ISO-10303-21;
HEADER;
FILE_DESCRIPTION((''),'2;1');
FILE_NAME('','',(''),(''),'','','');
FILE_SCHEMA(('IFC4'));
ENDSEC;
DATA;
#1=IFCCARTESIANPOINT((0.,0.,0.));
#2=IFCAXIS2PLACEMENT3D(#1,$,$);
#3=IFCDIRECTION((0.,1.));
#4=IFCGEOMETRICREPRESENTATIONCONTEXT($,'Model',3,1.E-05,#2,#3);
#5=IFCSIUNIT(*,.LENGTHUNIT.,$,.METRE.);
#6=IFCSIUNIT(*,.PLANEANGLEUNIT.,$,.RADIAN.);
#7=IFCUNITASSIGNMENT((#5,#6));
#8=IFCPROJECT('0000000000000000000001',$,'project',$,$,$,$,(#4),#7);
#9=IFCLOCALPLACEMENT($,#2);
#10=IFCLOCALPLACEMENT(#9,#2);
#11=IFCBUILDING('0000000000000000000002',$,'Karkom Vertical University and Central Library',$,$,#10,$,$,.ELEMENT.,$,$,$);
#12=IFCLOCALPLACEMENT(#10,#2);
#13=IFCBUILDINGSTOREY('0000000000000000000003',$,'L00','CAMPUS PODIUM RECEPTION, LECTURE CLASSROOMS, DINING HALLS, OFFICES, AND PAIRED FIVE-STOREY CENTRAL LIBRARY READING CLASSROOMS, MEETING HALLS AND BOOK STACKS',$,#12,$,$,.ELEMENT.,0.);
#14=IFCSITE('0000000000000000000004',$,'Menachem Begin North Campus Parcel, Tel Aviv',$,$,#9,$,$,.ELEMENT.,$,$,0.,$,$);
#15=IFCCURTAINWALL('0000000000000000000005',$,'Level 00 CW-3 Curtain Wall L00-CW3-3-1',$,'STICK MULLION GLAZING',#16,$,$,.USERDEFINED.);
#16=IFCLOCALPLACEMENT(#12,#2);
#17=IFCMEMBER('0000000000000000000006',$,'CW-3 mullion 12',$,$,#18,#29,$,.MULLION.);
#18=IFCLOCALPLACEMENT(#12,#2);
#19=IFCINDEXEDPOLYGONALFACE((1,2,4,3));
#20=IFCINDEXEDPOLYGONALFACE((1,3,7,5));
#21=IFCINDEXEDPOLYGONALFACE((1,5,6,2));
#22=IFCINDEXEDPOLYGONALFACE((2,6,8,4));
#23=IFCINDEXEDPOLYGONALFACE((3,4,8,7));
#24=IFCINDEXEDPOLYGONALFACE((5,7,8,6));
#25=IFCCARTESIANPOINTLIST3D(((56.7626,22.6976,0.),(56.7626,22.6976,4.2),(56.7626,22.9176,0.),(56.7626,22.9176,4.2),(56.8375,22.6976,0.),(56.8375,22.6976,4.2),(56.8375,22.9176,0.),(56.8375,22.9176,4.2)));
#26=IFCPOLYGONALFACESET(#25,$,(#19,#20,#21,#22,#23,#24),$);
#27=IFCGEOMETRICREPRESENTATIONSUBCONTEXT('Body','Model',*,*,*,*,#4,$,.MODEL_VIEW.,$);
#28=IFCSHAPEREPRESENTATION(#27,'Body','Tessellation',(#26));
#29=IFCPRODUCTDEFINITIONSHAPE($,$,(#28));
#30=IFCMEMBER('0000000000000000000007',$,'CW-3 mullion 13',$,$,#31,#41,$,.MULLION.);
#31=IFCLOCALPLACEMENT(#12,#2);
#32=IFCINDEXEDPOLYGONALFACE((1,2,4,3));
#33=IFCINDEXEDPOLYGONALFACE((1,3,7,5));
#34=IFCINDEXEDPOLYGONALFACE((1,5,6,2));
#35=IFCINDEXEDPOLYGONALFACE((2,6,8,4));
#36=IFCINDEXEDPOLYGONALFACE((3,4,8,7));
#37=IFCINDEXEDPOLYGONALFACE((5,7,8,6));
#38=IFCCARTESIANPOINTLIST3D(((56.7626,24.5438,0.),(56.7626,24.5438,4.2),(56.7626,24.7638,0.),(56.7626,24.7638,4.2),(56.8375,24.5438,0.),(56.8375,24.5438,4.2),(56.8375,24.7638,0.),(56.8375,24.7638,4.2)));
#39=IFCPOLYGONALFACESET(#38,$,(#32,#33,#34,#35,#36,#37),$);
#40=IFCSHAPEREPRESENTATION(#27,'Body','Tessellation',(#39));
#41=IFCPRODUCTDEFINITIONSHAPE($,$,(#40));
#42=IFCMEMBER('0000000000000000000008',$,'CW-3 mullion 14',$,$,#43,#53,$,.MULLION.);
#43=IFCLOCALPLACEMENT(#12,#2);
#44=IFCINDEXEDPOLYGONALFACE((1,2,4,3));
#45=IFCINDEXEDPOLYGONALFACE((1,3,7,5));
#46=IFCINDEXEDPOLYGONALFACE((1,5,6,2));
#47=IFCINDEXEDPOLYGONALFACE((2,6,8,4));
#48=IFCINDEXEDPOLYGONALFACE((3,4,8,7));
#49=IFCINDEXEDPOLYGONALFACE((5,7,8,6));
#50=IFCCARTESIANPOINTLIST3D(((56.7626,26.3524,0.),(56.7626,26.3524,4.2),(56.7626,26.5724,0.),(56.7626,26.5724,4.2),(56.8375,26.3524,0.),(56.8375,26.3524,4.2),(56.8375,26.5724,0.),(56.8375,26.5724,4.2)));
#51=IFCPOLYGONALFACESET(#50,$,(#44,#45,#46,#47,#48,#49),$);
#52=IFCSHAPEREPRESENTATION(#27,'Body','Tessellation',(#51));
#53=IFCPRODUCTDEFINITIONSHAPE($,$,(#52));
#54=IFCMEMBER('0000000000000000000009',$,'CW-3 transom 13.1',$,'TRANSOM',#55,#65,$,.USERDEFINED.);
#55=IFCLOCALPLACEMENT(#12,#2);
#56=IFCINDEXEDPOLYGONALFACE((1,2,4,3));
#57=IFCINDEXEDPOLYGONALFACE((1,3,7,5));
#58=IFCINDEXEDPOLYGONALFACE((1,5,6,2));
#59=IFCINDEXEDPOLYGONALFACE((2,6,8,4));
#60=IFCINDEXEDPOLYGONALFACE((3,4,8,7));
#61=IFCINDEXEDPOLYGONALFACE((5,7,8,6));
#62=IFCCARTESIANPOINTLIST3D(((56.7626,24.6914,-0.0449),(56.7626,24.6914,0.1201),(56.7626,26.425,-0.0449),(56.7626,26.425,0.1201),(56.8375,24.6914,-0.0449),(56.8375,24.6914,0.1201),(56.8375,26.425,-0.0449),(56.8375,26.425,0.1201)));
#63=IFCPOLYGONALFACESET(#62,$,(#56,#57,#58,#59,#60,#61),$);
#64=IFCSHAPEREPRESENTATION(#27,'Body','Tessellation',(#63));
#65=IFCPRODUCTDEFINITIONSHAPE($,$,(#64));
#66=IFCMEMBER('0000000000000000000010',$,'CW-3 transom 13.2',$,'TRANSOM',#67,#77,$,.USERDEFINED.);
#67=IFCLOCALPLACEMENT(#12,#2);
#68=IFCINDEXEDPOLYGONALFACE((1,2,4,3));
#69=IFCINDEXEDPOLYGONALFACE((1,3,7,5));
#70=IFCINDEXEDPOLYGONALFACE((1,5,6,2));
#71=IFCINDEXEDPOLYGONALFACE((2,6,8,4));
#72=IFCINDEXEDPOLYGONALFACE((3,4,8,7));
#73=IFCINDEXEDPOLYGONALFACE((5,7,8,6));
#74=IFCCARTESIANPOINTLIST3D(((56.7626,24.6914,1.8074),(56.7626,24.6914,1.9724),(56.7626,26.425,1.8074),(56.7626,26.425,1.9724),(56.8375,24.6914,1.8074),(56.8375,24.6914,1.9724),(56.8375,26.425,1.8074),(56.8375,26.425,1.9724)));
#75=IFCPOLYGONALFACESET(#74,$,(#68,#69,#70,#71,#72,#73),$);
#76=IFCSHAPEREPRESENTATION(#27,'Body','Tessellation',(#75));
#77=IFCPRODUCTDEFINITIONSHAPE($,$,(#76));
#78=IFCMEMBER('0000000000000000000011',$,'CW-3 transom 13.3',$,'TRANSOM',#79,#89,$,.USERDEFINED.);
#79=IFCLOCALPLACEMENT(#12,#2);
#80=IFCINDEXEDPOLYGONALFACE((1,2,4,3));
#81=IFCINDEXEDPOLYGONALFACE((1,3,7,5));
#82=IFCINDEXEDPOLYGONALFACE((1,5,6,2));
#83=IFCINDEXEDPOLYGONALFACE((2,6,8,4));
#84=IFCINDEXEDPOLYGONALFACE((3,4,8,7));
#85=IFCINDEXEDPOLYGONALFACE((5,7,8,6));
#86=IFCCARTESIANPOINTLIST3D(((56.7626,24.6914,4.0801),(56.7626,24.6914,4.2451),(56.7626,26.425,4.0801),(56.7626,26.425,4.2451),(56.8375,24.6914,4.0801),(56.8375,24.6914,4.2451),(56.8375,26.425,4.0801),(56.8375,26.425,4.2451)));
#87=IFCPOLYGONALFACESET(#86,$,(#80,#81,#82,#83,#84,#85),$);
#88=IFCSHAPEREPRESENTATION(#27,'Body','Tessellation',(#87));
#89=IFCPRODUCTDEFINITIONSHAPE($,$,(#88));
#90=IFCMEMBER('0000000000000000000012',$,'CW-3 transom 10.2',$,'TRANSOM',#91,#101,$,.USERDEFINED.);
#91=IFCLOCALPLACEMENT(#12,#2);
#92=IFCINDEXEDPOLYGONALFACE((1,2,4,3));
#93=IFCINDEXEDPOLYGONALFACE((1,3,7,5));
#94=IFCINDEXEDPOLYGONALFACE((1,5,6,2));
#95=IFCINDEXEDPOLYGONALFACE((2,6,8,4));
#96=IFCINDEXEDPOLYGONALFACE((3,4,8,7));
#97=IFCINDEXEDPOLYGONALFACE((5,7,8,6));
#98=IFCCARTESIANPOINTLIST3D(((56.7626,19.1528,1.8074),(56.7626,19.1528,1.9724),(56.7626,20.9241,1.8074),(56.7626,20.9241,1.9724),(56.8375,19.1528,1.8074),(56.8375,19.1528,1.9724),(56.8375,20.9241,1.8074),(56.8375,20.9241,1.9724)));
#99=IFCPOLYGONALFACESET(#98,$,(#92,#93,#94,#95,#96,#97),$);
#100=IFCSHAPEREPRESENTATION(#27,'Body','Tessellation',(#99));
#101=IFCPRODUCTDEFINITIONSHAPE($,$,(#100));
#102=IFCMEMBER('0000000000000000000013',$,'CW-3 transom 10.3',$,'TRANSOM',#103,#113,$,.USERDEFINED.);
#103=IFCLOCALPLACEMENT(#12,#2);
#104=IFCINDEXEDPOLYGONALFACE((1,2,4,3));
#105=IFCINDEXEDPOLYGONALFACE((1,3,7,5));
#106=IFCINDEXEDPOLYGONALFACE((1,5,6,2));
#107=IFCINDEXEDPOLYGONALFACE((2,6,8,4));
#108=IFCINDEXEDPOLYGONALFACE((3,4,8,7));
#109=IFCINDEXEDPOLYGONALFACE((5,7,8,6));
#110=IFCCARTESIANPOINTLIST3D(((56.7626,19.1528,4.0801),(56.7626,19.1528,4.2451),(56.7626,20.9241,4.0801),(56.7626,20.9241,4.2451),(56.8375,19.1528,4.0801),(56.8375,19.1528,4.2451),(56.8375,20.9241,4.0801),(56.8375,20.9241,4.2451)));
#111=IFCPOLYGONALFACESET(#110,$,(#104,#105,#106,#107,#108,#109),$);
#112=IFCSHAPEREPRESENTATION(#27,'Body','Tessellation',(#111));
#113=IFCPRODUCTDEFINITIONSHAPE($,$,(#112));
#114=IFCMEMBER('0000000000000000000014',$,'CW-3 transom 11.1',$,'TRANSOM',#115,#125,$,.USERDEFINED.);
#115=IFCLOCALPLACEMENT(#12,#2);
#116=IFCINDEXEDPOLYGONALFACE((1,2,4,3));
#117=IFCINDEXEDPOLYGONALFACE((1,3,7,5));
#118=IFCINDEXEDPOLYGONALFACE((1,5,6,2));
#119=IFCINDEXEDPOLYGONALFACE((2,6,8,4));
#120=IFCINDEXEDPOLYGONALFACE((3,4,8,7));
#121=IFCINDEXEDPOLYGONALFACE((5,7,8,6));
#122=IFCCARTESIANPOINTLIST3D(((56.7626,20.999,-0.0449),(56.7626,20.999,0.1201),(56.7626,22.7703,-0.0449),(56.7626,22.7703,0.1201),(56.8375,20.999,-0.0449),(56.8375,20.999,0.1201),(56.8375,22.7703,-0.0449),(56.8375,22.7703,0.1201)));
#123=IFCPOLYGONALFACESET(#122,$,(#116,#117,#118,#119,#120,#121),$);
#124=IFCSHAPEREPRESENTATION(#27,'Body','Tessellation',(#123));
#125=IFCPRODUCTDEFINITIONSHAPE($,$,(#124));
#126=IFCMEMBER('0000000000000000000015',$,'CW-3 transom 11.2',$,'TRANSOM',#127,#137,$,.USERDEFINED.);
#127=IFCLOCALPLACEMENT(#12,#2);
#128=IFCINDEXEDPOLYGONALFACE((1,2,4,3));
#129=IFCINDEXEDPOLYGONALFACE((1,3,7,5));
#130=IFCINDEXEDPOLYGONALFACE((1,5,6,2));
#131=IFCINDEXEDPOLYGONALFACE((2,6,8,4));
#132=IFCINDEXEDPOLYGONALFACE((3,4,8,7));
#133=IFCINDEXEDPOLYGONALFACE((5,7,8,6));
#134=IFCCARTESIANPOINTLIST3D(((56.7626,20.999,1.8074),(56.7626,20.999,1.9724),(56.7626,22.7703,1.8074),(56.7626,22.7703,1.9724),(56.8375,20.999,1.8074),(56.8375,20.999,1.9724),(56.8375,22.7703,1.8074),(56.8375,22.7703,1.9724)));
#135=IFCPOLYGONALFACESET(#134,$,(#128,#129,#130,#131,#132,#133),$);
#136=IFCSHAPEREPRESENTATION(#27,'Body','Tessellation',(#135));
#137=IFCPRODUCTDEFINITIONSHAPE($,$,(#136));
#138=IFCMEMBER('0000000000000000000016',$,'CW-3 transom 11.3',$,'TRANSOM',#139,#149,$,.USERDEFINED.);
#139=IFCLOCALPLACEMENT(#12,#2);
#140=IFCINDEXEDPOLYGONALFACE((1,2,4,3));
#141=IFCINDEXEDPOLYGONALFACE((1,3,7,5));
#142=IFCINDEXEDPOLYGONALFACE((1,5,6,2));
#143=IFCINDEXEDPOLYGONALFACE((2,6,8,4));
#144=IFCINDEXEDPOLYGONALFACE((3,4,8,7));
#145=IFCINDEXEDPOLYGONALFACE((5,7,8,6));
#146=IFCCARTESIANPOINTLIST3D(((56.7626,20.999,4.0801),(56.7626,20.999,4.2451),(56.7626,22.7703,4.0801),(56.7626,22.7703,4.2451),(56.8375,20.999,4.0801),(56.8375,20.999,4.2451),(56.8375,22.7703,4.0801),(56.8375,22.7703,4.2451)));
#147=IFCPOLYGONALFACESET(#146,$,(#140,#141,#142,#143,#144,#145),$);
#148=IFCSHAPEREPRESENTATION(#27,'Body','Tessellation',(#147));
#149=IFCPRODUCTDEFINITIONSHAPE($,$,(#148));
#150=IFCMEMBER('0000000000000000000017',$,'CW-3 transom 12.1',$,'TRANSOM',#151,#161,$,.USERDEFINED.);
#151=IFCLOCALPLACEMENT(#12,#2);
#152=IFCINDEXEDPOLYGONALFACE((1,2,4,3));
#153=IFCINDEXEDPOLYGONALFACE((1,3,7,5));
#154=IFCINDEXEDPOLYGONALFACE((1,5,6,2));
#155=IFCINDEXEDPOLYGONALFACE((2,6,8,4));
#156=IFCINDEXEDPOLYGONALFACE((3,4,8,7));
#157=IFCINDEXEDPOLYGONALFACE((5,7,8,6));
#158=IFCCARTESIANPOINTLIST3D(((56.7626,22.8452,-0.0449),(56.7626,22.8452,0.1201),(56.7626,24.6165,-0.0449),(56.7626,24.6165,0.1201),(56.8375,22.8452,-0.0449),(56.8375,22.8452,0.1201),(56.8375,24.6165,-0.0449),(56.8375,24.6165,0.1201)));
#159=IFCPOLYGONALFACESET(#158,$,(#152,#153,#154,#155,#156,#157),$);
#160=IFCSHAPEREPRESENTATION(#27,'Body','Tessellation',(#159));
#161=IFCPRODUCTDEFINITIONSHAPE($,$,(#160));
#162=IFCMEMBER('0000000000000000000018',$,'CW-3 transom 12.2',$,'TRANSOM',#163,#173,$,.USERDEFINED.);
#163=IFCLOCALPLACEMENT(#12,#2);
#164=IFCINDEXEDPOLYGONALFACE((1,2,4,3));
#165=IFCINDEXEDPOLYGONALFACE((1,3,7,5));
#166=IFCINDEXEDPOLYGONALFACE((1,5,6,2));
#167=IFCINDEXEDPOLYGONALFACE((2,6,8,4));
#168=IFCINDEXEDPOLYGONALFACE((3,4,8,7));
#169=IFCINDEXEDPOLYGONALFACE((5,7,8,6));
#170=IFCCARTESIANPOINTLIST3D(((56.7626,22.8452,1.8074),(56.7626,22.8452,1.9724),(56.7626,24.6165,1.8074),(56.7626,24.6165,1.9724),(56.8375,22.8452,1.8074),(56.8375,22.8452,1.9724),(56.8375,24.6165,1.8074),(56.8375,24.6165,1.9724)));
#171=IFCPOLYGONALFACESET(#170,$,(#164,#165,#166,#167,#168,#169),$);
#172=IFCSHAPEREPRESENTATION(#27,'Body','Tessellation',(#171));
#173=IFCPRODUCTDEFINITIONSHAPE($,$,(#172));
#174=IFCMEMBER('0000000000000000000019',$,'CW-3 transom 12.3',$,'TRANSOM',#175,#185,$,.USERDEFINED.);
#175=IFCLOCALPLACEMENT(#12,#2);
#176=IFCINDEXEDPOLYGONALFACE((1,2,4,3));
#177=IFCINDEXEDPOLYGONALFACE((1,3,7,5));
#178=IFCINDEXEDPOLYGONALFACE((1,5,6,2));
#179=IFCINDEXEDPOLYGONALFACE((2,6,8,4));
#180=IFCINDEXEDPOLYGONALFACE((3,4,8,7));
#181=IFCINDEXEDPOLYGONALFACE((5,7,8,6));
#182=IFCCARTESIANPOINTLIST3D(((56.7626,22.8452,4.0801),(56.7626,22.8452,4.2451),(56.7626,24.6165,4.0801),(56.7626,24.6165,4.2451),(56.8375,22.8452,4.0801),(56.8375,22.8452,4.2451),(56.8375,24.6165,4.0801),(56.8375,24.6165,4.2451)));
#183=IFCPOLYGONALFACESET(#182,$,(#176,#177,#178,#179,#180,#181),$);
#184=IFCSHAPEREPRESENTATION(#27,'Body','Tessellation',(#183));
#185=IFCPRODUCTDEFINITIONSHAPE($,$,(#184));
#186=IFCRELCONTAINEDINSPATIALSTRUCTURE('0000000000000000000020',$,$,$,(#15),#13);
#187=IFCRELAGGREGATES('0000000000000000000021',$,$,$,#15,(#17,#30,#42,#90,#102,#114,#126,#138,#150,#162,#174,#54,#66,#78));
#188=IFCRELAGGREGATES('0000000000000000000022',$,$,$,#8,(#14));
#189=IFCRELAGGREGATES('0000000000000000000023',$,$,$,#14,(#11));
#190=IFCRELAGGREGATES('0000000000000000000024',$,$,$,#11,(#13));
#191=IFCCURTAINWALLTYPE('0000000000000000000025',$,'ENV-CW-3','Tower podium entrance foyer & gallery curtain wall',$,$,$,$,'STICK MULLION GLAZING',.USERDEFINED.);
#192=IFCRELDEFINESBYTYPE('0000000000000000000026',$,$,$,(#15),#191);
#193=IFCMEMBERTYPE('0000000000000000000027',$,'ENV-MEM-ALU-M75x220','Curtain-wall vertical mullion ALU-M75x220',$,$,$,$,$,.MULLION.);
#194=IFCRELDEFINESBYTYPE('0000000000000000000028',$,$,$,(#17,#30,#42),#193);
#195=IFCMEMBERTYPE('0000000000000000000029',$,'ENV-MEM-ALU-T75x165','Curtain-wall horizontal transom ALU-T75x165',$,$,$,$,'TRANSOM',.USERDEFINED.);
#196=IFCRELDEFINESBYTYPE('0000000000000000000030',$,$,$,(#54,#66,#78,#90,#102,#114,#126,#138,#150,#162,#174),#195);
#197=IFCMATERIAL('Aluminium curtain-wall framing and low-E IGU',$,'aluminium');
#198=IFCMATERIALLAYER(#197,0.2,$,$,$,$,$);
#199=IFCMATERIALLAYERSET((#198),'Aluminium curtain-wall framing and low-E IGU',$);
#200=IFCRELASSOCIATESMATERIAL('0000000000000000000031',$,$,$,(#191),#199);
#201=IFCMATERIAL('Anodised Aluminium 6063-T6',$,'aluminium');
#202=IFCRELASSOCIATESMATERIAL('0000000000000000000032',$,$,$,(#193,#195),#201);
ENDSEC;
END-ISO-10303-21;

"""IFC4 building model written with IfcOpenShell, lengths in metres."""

from ifc_helpers import new_model, si_unit, direction, frame, origin, origin_with_axes, origin_2d, place, context, subcontext, project, spatial, rectangle, extrude, source, transform, mapped, material, layer, layer_set, material_profile, profile_set, type_object, element, aggregate, save


model = new_model("IFC4")

# Units and contexts
model_context = context("Model", 3, precision=1e-05, world=origin(), true_north=direction((0.0, 1.0)))
body_context = subcontext(model_context, "Body", "Model", "MODEL_VIEW")
ifc_project = project(units=[si_unit("LENGTHUNIT", "METRE"), si_unit("PLANEANGLEUNIT", "RADIAN")], contexts=[model_context])

# Site, building, storey
site_placement = place(None, origin())
site = spatial("IfcSite", under=ifc_project, at=site_placement, Name="Menachem Begin North Campus Parcel, Tel Aviv", CompositionType="ELEMENT", RefElevation=0.0)
building_placement = place(site_placement, origin())
building = spatial("IfcBuilding", under=site, at=building_placement, Name="Karkom Vertical University and Central Library", CompositionType="ELEMENT")
storey_placement = place(building_placement, origin())
storey = spatial("IfcBuildingStorey", under=building, at=storey_placement, Name="L00", Description="CAMPUS PODIUM RECEPTION, LECTURE CLASSROOMS, DINING HALLS, OFFICES, AND PAIRED FIVE-STOREY CENTRAL LIBRARY READING CLASSROOMS, MEETING HALLS AND BOOK STACKS", CompositionType="ELEMENT", Elevation=0.0)

# Curtain wall, members
ifc_material_1 = material(Name="Aluminium curtain-wall framing and low-E IGU", Category="aluminium")
ifc_layer_1 = layer(ifc_material_1, 0.2)
ifc_layer_set_1 = layer_set([ifc_layer_1], Name="Aluminium curtain-wall framing and low-E IGU")
curtain_wall_type = type_object("IfcCurtainWallType", Name="ENV-CW-3", Description="Tower podium entrance foyer & gallery curtain wall", ElementType="STICK MULLION GLAZING", PredefinedType="USERDEFINED", material=ifc_layer_set_1)
curtain_wall_placement = place(storey_placement, origin())
curtain_wall = element("IfcCurtainWall", 1, at=curtain_wall_placement, inside=storey, type_object=curtain_wall_type, Name="Level 00 CW-3 Curtain Wall L00-CW3-3-1", ObjectType="STICK MULLION GLAZING", PredefinedType="USERDEFINED")
ifc_material_2 = material(Name="Anodised Aluminium 6063-T6", Category="aluminium")
ifc_material_profile_1 = material_profile(ifc_material_2, rectangle(XDim=0.075, YDim=0.22, at=origin_2d()), Name="ALU-M75x220")
ifc_profile_set_1 = profile_set([ifc_material_profile_1], Name="Anodised Aluminium 6063-T6")
member_type_1 = type_object("IfcMemberType", Name="ENV-MEM-ALU-M75x220", Description="Curtain-wall vertical mullion ALU-M75x220", PredefinedType="MULLION", material=ifc_profile_set_1)
shared_shape_1 = source(origin_with_axes(), body_context, "Body", "SweptSolid", [
    extrude(rectangle(XDim=0.075, YDim=0.22, at=origin_2d()), origin(), (0.0, 0.0, 1.0), 4.2),
])
member_1_placement = place(storey_placement, frame((56.8, 22.8076, 0.0), z_axis=(0.0, 0.0, 1.0), x_axis=(-1.0, 0.0, 0.0)))
member_1 = element("IfcMember", 2, at=member_1_placement, type_object=member_type_1, Name="CW-3 mullion 12", PredefinedType="MULLION", context=body_context, shape_type="MappedRepresentation", body=[
    mapped(shared_shape_1, transform((0.0, 0.0, 0.0), scale=1.0)),
])
member_2_placement = place(storey_placement, frame((56.8, 24.6538, 0.0), z_axis=(0.0, 0.0, 1.0), x_axis=(-1.0, 0.0, 0.0)))
member_2 = element("IfcMember", 3, at=member_2_placement, type_object=member_type_1, Name="CW-3 mullion 13", PredefinedType="MULLION", context=body_context, shape_type="MappedRepresentation", body=[
    mapped(shared_shape_1, transform((0.0, 0.0, 0.0), scale=1.0)),
])
member_3_placement = place(storey_placement, frame((56.8, 26.4624, 0.0), z_axis=(0.0, 0.0, 1.0), x_axis=(-1.0, 0.0, 0.0)))
member_3 = element("IfcMember", 4, at=member_3_placement, type_object=member_type_1, Name="CW-3 mullion 14", PredefinedType="MULLION", context=body_context, shape_type="MappedRepresentation", body=[
    mapped(shared_shape_1, transform((0.0, 0.0, 0.0), scale=1.0)),
])
ifc_material_profile_2 = material_profile(ifc_material_2, rectangle(XDim=0.075, YDim=0.165, at=origin_2d()), Name="ALU-T75x165")
ifc_profile_set_2 = profile_set([ifc_material_profile_2], Name="Anodised Aluminium 6063-T6")
member_type_2 = type_object("IfcMemberType", Name="ENV-MEM-ALU-T75x165", Description="Curtain-wall horizontal transom ALU-T75x165", ElementType="TRANSOM", PredefinedType="USERDEFINED", material=ifc_profile_set_2)
shared_shape_2 = source(origin_with_axes(), body_context, "Body", "SweptSolid", [
    extrude(rectangle(XDim=0.075, YDim=0.165, at=origin_2d()), origin(), (0.0, 0.0, 1.0), 1.7336),
])
member_4_placement = place(storey_placement, frame((56.8, 24.6914, 0.0376), z_axis=(0.0, 1.0, 0.0), x_axis=(-1.0, 0.0, 0.0)))
member_4 = element("IfcMember", 5, at=member_4_placement, type_object=member_type_2, Name="CW-3 transom 13.1", ObjectType="TRANSOM", PredefinedType="USERDEFINED", context=body_context, shape_type="MappedRepresentation", body=[
    mapped(shared_shape_2, transform((0.0, 0.0, 0.0), scale=1.0)),
])
member_5_placement = place(storey_placement, frame((56.8, 24.6914, 1.8899), z_axis=(0.0, 1.0, 0.0), x_axis=(-1.0, 0.0, 0.0)))
member_5 = element("IfcMember", 6, at=member_5_placement, type_object=member_type_2, Name="CW-3 transom 13.2", ObjectType="TRANSOM", PredefinedType="USERDEFINED", context=body_context, shape_type="MappedRepresentation", body=[
    mapped(shared_shape_2, transform((0.0, 0.0, 0.0), scale=1.0)),
])
member_6_placement = place(storey_placement, frame((56.8, 24.6914, 4.1626), z_axis=(0.0, 1.0, 0.0), x_axis=(-1.0, 0.0, 0.0)))
member_6 = element("IfcMember", 7, at=member_6_placement, type_object=member_type_2, Name="CW-3 transom 13.3", ObjectType="TRANSOM", PredefinedType="USERDEFINED", context=body_context, shape_type="MappedRepresentation", body=[
    mapped(shared_shape_2, transform((0.0, 0.0, 0.0), scale=1.0)),
])
shared_shape_3 = source(origin_with_axes(), body_context, "Body", "SweptSolid", [
    extrude(rectangle(XDim=0.075, YDim=0.165, at=origin_2d()), origin(), (0.0, 0.0, 1.0), 1.7712),
])
member_7_placement = place(storey_placement, frame((56.8, 19.1528, 1.8899), z_axis=(0.0, 1.0, 0.0), x_axis=(-1.0, 0.0, 0.0)))
member_7 = element("IfcMember", 8, at=member_7_placement, type_object=member_type_2, Name="CW-3 transom 10.2", ObjectType="TRANSOM", PredefinedType="USERDEFINED", context=body_context, shape_type="MappedRepresentation", body=[
    mapped(shared_shape_3, transform((0.0, 0.0, 0.0), scale=1.0)),
])
member_8_placement = place(storey_placement, frame((56.8, 19.1528, 4.1626), z_axis=(0.0, 1.0, 0.0), x_axis=(-1.0, 0.0, 0.0)))
member_8 = element("IfcMember", 9, at=member_8_placement, type_object=member_type_2, Name="CW-3 transom 10.3", ObjectType="TRANSOM", PredefinedType="USERDEFINED", context=body_context, shape_type="MappedRepresentation", body=[
    mapped(shared_shape_3, transform((0.0, 0.0, 0.0), scale=1.0)),
])
member_9_placement = place(storey_placement, frame((56.8, 20.999, 0.0376), z_axis=(0.0, 1.0, 0.0), x_axis=(-1.0, 0.0, 0.0)))
member_9 = element("IfcMember", 10, at=member_9_placement, type_object=member_type_2, Name="CW-3 transom 11.1", ObjectType="TRANSOM", PredefinedType="USERDEFINED", context=body_context, shape_type="MappedRepresentation", body=[
    mapped(shared_shape_3, transform((0.0, 0.0, 0.0), scale=1.0)),
])
member_10_placement = place(storey_placement, frame((56.8, 20.999, 1.8899), z_axis=(0.0, 1.0, 0.0), x_axis=(-1.0, 0.0, 0.0)))
member_10 = element("IfcMember", 11, at=member_10_placement, type_object=member_type_2, Name="CW-3 transom 11.2", ObjectType="TRANSOM", PredefinedType="USERDEFINED", context=body_context, shape_type="MappedRepresentation", body=[
    mapped(shared_shape_3, transform((0.0, 0.0, 0.0), scale=1.0)),
])
member_11_placement = place(storey_placement, frame((56.8, 20.999, 4.1626), z_axis=(0.0, 1.0, 0.0), x_axis=(-1.0, 0.0, 0.0)))
member_11 = element("IfcMember", 12, at=member_11_placement, type_object=member_type_2, Name="CW-3 transom 11.3", ObjectType="TRANSOM", PredefinedType="USERDEFINED", context=body_context, shape_type="MappedRepresentation", body=[
    mapped(shared_shape_3, transform((0.0, 0.0, 0.0), scale=1.0)),
])
member_12_placement = place(storey_placement, frame((56.8, 22.8452, 0.0376), z_axis=(0.0, 1.0, 0.0), x_axis=(-1.0, 0.0, 0.0)))
member_12 = element("IfcMember", 13, at=member_12_placement, type_object=member_type_2, Name="CW-3 transom 12.1", ObjectType="TRANSOM", PredefinedType="USERDEFINED", context=body_context, shape_type="MappedRepresentation", body=[
    mapped(shared_shape_3, transform((0.0, 0.0, 0.0), scale=1.0)),
])
member_13_placement = place(storey_placement, frame((56.8, 22.8452, 1.8899), z_axis=(0.0, 1.0, 0.0), x_axis=(-1.0, 0.0, 0.0)))
member_13 = element("IfcMember", 14, at=member_13_placement, type_object=member_type_2, Name="CW-3 transom 12.2", ObjectType="TRANSOM", PredefinedType="USERDEFINED", context=body_context, shape_type="MappedRepresentation", body=[
    mapped(shared_shape_3, transform((0.0, 0.0, 0.0), scale=1.0)),
])
member_14_placement = place(storey_placement, frame((56.8, 22.8452, 4.1626), z_axis=(0.0, 1.0, 0.0), x_axis=(-1.0, 0.0, 0.0)))
member_14 = element("IfcMember", 15, at=member_14_placement, type_object=member_type_2, Name="CW-3 transom 12.3", ObjectType="TRANSOM", PredefinedType="USERDEFINED", context=body_context, shape_type="MappedRepresentation", body=[
    mapped(shared_shape_3, transform((0.0, 0.0, 0.0), scale=1.0)),
])
aggregate(curtain_wall, [member_1, member_2, member_3, member_7, member_8, member_9, member_10, member_11, member_12, member_13, member_14, member_4, member_5, member_6])

save(model, "model.ifc")
